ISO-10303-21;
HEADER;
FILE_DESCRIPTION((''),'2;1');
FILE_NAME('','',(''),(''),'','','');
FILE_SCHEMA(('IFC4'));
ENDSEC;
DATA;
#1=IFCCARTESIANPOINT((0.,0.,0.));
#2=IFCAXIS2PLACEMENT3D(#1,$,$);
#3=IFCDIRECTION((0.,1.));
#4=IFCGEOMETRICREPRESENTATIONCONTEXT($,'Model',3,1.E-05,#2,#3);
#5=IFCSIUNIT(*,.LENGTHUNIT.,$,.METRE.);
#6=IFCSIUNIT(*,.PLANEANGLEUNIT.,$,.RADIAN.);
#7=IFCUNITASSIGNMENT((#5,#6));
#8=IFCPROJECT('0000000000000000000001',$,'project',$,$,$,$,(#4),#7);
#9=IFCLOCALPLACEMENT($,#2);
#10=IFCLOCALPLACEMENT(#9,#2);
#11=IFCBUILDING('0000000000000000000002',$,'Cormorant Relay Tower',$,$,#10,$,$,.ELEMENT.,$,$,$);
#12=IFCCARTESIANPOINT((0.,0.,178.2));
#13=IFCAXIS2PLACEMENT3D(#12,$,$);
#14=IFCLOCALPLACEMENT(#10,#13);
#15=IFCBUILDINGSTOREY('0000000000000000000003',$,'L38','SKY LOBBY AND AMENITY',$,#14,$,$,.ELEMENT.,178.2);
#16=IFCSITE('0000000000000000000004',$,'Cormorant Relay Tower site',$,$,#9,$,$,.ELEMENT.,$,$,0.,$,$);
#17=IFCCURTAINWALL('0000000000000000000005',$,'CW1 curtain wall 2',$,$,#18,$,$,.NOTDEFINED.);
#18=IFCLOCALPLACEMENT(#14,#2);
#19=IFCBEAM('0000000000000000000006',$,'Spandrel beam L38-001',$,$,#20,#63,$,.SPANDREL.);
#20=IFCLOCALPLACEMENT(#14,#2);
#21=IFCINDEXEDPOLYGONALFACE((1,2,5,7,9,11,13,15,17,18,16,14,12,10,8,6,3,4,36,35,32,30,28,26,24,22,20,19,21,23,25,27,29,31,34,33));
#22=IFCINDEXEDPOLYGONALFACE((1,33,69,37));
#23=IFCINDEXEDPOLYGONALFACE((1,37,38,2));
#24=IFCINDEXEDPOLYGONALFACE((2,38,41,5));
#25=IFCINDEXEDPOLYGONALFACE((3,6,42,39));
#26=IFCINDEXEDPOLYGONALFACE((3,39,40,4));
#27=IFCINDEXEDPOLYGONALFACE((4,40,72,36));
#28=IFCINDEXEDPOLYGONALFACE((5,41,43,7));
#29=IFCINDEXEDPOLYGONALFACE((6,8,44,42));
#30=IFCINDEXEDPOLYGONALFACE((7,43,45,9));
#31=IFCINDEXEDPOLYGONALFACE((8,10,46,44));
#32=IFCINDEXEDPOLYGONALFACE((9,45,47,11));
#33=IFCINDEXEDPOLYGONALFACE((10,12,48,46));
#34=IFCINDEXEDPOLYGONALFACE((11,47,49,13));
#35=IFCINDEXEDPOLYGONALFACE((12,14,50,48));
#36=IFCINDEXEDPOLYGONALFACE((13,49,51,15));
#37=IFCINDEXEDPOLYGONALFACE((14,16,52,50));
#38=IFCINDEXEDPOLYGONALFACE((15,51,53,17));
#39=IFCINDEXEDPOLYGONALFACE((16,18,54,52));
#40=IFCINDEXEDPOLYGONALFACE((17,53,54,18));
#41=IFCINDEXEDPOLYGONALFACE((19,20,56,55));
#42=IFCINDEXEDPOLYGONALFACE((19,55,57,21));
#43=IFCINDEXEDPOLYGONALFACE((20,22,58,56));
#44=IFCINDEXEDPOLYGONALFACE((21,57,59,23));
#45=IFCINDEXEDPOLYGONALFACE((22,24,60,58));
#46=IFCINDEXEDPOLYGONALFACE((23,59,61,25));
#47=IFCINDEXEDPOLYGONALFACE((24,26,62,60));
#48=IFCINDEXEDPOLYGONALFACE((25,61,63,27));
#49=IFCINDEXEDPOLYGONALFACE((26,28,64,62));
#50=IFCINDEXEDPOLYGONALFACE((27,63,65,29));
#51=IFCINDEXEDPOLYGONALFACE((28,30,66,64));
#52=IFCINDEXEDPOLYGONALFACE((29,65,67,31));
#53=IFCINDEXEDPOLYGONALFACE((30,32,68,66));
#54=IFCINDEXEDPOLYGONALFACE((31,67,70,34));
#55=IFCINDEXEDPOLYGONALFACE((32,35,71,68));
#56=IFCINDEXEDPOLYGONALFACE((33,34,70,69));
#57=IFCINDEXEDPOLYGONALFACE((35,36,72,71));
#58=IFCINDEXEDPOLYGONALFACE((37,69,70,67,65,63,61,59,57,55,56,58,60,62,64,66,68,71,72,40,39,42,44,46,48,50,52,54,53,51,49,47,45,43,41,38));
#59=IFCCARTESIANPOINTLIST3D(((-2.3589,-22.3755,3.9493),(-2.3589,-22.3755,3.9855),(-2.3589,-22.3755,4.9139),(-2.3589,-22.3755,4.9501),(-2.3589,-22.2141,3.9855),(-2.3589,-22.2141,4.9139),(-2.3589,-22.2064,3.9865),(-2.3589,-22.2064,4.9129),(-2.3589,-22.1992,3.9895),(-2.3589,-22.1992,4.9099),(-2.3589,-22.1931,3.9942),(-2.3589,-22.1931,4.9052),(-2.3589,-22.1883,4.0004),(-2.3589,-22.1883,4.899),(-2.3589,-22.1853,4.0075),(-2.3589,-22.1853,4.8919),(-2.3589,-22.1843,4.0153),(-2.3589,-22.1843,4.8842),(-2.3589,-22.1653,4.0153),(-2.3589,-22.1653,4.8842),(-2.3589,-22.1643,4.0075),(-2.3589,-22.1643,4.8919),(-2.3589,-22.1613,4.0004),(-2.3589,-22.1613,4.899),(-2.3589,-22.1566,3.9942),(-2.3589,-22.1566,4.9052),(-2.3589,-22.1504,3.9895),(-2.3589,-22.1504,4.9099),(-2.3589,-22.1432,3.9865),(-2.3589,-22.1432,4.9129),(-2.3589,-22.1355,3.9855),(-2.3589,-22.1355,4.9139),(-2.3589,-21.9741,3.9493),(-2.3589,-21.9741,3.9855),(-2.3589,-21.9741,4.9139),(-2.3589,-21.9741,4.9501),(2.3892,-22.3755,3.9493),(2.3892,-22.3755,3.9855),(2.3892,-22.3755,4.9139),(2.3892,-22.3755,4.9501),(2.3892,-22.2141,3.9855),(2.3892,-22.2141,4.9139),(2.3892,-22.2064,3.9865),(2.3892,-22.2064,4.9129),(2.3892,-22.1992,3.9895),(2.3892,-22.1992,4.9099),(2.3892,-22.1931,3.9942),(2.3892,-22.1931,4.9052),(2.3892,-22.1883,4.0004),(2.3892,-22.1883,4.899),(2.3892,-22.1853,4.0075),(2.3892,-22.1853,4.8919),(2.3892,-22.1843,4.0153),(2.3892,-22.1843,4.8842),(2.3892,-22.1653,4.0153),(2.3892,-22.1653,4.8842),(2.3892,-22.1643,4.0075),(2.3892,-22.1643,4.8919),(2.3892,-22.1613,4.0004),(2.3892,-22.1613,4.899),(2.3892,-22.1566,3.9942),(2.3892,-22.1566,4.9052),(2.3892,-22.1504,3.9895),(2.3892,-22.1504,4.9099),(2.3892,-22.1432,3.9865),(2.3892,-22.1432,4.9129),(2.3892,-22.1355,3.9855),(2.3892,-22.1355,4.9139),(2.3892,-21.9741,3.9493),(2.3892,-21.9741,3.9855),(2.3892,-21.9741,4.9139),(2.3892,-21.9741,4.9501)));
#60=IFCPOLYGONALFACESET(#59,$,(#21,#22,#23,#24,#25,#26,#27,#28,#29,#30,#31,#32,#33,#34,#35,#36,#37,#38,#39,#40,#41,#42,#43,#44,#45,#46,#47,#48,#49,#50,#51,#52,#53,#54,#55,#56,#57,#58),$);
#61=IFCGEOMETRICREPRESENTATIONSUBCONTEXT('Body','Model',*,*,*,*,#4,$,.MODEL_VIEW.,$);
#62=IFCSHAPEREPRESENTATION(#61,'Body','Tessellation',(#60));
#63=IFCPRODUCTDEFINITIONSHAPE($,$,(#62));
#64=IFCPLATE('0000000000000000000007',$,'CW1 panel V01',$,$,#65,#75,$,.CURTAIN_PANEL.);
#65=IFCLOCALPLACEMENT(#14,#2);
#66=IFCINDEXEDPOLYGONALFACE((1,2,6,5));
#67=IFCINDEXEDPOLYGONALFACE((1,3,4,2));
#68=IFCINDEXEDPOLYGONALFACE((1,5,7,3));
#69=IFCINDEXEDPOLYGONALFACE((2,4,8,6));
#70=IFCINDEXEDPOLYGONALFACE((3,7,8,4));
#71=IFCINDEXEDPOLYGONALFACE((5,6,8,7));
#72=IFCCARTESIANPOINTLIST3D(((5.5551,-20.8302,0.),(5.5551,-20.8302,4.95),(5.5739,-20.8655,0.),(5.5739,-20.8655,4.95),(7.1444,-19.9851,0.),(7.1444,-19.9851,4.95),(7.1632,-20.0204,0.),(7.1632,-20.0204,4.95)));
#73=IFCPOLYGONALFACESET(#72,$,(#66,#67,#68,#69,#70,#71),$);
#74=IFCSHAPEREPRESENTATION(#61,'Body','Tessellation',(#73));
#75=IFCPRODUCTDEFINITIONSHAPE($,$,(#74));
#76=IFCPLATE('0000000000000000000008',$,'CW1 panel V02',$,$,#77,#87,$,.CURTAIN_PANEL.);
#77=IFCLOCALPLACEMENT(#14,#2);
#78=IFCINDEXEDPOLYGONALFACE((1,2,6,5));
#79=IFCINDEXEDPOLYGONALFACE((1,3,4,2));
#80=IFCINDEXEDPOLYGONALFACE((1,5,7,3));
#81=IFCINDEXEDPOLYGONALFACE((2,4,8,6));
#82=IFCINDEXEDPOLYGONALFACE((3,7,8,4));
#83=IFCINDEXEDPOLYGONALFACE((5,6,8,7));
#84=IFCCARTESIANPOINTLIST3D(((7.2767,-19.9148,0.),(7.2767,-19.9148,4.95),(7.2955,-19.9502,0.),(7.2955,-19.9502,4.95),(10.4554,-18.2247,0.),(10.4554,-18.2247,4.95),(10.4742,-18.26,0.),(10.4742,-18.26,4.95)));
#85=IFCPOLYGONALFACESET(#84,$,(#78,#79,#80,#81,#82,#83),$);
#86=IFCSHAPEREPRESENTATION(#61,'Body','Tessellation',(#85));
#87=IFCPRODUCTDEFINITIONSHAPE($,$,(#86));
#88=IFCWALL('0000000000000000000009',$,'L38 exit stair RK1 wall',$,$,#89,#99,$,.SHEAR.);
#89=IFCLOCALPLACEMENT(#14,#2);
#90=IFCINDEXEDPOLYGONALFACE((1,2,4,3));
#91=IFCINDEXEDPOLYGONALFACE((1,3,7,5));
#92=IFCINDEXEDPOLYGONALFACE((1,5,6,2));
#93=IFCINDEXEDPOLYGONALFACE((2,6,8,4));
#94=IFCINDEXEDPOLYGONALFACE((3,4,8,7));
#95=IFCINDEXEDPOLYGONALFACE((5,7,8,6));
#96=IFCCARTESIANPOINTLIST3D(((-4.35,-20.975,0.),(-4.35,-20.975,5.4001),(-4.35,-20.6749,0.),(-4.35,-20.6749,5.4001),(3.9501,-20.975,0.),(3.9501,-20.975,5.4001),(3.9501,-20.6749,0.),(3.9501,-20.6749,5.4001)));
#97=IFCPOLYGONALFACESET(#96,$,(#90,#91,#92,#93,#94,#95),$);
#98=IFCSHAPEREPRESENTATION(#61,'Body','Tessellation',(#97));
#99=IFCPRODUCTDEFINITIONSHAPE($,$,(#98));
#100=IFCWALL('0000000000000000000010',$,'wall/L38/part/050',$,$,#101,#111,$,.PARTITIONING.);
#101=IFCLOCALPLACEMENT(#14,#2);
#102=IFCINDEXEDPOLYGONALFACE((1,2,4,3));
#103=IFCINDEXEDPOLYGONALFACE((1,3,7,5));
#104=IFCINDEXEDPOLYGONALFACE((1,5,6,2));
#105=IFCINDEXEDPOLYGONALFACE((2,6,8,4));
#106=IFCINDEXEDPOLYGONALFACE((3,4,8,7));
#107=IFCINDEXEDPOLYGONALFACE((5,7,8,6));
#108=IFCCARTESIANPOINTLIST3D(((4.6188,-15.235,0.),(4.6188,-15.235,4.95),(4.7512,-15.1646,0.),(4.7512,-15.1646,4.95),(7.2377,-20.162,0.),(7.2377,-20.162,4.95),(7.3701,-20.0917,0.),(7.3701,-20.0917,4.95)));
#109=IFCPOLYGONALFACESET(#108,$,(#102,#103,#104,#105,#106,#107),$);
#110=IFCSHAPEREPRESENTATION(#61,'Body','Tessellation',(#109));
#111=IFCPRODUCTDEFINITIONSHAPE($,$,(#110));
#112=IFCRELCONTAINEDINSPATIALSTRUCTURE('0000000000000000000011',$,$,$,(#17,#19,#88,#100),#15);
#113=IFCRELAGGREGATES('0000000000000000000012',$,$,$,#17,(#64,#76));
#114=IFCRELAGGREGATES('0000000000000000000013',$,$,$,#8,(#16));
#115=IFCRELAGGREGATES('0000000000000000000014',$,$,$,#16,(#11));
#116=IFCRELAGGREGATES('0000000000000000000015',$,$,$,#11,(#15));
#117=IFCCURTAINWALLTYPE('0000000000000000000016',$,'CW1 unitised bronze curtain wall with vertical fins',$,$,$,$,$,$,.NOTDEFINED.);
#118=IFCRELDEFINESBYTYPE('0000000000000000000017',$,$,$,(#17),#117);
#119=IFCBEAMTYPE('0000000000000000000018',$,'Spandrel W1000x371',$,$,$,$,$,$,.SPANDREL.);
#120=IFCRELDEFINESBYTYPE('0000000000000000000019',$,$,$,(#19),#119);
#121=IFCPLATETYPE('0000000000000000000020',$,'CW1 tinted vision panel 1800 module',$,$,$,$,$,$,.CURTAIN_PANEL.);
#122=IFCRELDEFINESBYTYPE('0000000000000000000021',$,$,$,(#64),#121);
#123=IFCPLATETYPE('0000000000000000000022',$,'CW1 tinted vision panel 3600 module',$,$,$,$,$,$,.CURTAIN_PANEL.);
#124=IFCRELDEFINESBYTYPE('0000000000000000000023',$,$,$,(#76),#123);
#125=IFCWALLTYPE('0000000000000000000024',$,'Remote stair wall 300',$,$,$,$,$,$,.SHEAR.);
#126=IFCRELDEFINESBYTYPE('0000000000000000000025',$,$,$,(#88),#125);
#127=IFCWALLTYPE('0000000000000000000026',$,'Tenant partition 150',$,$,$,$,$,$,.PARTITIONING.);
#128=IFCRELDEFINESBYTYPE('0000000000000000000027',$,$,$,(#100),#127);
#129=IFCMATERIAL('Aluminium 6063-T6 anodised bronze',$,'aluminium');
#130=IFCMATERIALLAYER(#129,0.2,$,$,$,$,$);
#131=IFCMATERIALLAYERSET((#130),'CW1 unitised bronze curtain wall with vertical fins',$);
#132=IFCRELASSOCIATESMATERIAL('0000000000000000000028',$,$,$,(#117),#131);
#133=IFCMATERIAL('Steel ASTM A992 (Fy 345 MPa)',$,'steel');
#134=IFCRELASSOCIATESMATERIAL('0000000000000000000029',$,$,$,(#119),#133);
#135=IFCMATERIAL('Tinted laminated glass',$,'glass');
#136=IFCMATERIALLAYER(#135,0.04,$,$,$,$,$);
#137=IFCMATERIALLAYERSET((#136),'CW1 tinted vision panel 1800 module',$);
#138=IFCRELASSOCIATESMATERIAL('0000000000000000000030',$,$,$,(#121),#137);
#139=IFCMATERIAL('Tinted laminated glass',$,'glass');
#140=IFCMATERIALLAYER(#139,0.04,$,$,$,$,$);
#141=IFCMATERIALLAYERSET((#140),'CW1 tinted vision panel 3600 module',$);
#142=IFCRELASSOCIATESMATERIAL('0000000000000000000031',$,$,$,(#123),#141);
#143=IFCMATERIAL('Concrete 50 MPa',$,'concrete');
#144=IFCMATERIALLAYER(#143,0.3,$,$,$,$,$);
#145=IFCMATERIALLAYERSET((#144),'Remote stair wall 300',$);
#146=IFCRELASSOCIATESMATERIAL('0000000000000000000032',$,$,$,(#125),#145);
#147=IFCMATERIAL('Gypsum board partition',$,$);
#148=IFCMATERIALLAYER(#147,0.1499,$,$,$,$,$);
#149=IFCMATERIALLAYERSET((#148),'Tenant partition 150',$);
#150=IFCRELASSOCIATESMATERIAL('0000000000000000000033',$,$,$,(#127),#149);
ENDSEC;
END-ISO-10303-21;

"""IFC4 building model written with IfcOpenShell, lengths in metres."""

from ifc_helpers import new_model, si_unit, direction, frame, frame_2d, origin, origin_2d, place, context, subcontext, project, spatial, rectangle, i_section, extrude, material, layer, layer_set, material_profile, profile_set, type_object, element, aggregate, save


model = new_model("IFC4")

# Units and contexts
model_context = context("Model", 3, precision=1e-05, world=origin(), true_north=direction((0.0, 1.0)))
body_context = subcontext(model_context, "Body", "Model", "MODEL_VIEW")
ifc_project = project(units=[si_unit("LENGTHUNIT", "METRE"), si_unit("PLANEANGLEUNIT", "RADIAN")], contexts=[model_context])

# Site, building, storey
site_placement = place(None, origin())
site = spatial("IfcSite", under=ifc_project, at=site_placement, Name="Cormorant Relay Tower site", CompositionType="ELEMENT", RefElevation=0.0)
building_placement = place(site_placement, origin())
building = spatial("IfcBuilding", under=site, at=building_placement, Name="Cormorant Relay Tower", CompositionType="ELEMENT")
storey_placement = place(building_placement, frame((0.0, 0.0, 178.2)))
storey = spatial("IfcBuildingStorey", under=building, at=storey_placement, Name="L38", Description="SKY LOBBY AND AMENITY", CompositionType="ELEMENT", Elevation=178.2)

# Curtain wall
ifc_material_1 = material(Name="Aluminium 6063-T6 anodised bronze", Category="aluminium")
ifc_layer_1 = layer(ifc_material_1, 0.2)
ifc_layer_set_1 = layer_set([ifc_layer_1], Name="CW1 unitised bronze curtain wall with vertical fins")
curtain_wall_type = type_object("IfcCurtainWallType", Name="CW1 unitised bronze curtain wall with vertical fins", PredefinedType="NOTDEFINED", material=ifc_layer_set_1)
curtain_wall_1_placement = place(storey_placement, origin())
curtain_wall_1 = element("IfcCurtainWall", 1, at=curtain_wall_1_placement, inside=storey, type_object=curtain_wall_type, Name="CW1 curtain wall 2", PredefinedType="NOTDEFINED")

# Beam
ifc_material_2 = material(Name="Steel ASTM A992 (Fy 345 MPa)", Category="steel")
ifc_material_profile_1 = material_profile(ifc_material_2, i_section(OverallWidth=0.4014, OverallDepth=1.0007, WebThickness=0.019, FlangeThickness=0.0361, FilletRadius=0.0298, at=origin_2d()), Name="W1000x371")
ifc_profile_set_1 = profile_set([ifc_material_profile_1], Name="Steel ASTM A992 (Fy 345 MPa)")
beam_type = type_object("IfcBeamType", Name="Spandrel W1000x371", PredefinedType="SPANDREL", material=ifc_profile_set_1)
beam_placement = place(storey_placement, frame((-2.3589, -22.1748, 4.4497), z_axis=(1.0, 0.0, 0.0), x_axis=(0.0, 1.0, 0.0)))
element("IfcBeam", 2, at=beam_placement, inside=storey, type_object=beam_type, Name="Spandrel beam L38-001", PredefinedType="SPANDREL", context=body_context, shape_type="SweptSolid", body=[
    extrude(i_section(OverallWidth=0.4014, OverallDepth=1.0007, WebThickness=0.019, FlangeThickness=0.0361, FilletRadius=0.0298, at=origin_2d()), origin(), (0.0, 0.0, 1.0), 4.748),
])

# Plates
ifc_material_3 = material(Name="Tinted laminated glass", Category="glass")
ifc_layer_2 = layer(ifc_material_3, 0.04)
ifc_layer_set_2 = layer_set([ifc_layer_2], Name="CW1 tinted vision panel 1800 module")
plate_type_1 = type_object("IfcPlateType", Name="CW1 tinted vision panel 1800 module", PredefinedType="CURTAIN_PANEL", material=ifc_layer_set_2)
plate_1_placement = place(storey_placement, frame((6.3591, -20.4253, 0.0), z_axis=(0.0, 0.0, 1.0), x_axis=(0.882948, 0.469472, 0.0)))
plate_1 = element("IfcPlate", 3, at=plate_1_placement, type_object=plate_type_1, Name="CW1 panel V01", PredefinedType="CURTAIN_PANEL", context=body_context, shape_type="SweptSolid", body=[
    extrude(rectangle(XDim=1.8, YDim=0.04, at=origin_2d()), origin(), (0.0, 0.0, 1.0), 4.95),
])
ifc_material_4 = material(Name="Tinted laminated glass", Category="glass")
ifc_layer_3 = layer(ifc_material_4, 0.04)
ifc_layer_set_3 = layer_set([ifc_layer_3], Name="CW1 tinted vision panel 3600 module")
plate_type_2 = type_object("IfcPlateType", Name="CW1 tinted vision panel 3600 module", PredefinedType="CURTAIN_PANEL", material=ifc_layer_set_3)
plate_2_placement = place(storey_placement, frame((8.8755, -19.0874, 0.0), z_axis=(0.0, 0.0, 1.0), x_axis=(0.882948, 0.469472, 0.0)))
plate_2 = element("IfcPlate", 4, at=plate_2_placement, type_object=plate_type_2, Name="CW1 panel V02", PredefinedType="CURTAIN_PANEL", context=body_context, shape_type="SweptSolid", body=[
    extrude(rectangle(XDim=3.6001, YDim=0.04, at=origin_2d()), origin(), (0.0, 0.0, 1.0), 4.95),
])

# Walls
ifc_material_5 = material(Name="Concrete 50 MPa", Category="concrete")
ifc_layer_4 = layer(ifc_material_5, 0.3)
ifc_layer_set_4 = layer_set([ifc_layer_4], Name="Remote stair wall 300")
wall_type_1 = type_object("IfcWallType", Name="Remote stair wall 300", PredefinedType="SHEAR", material=ifc_layer_set_4)
wall_1_placement = place(storey_placement, frame((3.95, -20.825, 0.0), z_axis=(0.0, 0.0, 1.0), x_axis=(-1.0, 0.0, 0.0)))
element("IfcWall", 5, at=wall_1_placement, inside=storey, type_object=wall_type_1, Name="L38 exit stair RK1 wall", PredefinedType="SHEAR", context=body_context, shape_type="SweptSolid", body=[
    extrude(rectangle(XDim=8.3, YDim=0.3, at=frame_2d((4.1499, 0.0))), origin(), (0.0, 0.0, 1.0), 5.4001),
])
ifc_material_6 = material(Name="Gypsum board partition")
ifc_layer_5 = layer(ifc_material_6, 0.1499)
ifc_layer_set_5 = layer_set([ifc_layer_5], Name="Tenant partition 150")
wall_type_2 = type_object("IfcWallType", Name="Tenant partition 150", PredefinedType="PARTITIONING", material=ifc_layer_set_5)
wall_2_placement = place(storey_placement, frame((7.304, -20.127, 0.0), z_axis=(0.0, 0.0, 1.0), x_axis=(-0.469355, 0.88301, 0.0)))
element("IfcWall", 6, at=wall_2_placement, inside=storey, type_object=wall_type_2, Name="wall/L38/part/050", PredefinedType="PARTITIONING", context=body_context, shape_type="SweptSolid", body=[
    extrude(rectangle(XDim=5.5798, YDim=0.1499, at=frame_2d((2.79, 0.0))), origin(), (0.0, 0.0, 1.0), 4.95),
])

aggregate(curtain_wall_1, [plate_1, plate_2])

save(model, "model.ifc")
